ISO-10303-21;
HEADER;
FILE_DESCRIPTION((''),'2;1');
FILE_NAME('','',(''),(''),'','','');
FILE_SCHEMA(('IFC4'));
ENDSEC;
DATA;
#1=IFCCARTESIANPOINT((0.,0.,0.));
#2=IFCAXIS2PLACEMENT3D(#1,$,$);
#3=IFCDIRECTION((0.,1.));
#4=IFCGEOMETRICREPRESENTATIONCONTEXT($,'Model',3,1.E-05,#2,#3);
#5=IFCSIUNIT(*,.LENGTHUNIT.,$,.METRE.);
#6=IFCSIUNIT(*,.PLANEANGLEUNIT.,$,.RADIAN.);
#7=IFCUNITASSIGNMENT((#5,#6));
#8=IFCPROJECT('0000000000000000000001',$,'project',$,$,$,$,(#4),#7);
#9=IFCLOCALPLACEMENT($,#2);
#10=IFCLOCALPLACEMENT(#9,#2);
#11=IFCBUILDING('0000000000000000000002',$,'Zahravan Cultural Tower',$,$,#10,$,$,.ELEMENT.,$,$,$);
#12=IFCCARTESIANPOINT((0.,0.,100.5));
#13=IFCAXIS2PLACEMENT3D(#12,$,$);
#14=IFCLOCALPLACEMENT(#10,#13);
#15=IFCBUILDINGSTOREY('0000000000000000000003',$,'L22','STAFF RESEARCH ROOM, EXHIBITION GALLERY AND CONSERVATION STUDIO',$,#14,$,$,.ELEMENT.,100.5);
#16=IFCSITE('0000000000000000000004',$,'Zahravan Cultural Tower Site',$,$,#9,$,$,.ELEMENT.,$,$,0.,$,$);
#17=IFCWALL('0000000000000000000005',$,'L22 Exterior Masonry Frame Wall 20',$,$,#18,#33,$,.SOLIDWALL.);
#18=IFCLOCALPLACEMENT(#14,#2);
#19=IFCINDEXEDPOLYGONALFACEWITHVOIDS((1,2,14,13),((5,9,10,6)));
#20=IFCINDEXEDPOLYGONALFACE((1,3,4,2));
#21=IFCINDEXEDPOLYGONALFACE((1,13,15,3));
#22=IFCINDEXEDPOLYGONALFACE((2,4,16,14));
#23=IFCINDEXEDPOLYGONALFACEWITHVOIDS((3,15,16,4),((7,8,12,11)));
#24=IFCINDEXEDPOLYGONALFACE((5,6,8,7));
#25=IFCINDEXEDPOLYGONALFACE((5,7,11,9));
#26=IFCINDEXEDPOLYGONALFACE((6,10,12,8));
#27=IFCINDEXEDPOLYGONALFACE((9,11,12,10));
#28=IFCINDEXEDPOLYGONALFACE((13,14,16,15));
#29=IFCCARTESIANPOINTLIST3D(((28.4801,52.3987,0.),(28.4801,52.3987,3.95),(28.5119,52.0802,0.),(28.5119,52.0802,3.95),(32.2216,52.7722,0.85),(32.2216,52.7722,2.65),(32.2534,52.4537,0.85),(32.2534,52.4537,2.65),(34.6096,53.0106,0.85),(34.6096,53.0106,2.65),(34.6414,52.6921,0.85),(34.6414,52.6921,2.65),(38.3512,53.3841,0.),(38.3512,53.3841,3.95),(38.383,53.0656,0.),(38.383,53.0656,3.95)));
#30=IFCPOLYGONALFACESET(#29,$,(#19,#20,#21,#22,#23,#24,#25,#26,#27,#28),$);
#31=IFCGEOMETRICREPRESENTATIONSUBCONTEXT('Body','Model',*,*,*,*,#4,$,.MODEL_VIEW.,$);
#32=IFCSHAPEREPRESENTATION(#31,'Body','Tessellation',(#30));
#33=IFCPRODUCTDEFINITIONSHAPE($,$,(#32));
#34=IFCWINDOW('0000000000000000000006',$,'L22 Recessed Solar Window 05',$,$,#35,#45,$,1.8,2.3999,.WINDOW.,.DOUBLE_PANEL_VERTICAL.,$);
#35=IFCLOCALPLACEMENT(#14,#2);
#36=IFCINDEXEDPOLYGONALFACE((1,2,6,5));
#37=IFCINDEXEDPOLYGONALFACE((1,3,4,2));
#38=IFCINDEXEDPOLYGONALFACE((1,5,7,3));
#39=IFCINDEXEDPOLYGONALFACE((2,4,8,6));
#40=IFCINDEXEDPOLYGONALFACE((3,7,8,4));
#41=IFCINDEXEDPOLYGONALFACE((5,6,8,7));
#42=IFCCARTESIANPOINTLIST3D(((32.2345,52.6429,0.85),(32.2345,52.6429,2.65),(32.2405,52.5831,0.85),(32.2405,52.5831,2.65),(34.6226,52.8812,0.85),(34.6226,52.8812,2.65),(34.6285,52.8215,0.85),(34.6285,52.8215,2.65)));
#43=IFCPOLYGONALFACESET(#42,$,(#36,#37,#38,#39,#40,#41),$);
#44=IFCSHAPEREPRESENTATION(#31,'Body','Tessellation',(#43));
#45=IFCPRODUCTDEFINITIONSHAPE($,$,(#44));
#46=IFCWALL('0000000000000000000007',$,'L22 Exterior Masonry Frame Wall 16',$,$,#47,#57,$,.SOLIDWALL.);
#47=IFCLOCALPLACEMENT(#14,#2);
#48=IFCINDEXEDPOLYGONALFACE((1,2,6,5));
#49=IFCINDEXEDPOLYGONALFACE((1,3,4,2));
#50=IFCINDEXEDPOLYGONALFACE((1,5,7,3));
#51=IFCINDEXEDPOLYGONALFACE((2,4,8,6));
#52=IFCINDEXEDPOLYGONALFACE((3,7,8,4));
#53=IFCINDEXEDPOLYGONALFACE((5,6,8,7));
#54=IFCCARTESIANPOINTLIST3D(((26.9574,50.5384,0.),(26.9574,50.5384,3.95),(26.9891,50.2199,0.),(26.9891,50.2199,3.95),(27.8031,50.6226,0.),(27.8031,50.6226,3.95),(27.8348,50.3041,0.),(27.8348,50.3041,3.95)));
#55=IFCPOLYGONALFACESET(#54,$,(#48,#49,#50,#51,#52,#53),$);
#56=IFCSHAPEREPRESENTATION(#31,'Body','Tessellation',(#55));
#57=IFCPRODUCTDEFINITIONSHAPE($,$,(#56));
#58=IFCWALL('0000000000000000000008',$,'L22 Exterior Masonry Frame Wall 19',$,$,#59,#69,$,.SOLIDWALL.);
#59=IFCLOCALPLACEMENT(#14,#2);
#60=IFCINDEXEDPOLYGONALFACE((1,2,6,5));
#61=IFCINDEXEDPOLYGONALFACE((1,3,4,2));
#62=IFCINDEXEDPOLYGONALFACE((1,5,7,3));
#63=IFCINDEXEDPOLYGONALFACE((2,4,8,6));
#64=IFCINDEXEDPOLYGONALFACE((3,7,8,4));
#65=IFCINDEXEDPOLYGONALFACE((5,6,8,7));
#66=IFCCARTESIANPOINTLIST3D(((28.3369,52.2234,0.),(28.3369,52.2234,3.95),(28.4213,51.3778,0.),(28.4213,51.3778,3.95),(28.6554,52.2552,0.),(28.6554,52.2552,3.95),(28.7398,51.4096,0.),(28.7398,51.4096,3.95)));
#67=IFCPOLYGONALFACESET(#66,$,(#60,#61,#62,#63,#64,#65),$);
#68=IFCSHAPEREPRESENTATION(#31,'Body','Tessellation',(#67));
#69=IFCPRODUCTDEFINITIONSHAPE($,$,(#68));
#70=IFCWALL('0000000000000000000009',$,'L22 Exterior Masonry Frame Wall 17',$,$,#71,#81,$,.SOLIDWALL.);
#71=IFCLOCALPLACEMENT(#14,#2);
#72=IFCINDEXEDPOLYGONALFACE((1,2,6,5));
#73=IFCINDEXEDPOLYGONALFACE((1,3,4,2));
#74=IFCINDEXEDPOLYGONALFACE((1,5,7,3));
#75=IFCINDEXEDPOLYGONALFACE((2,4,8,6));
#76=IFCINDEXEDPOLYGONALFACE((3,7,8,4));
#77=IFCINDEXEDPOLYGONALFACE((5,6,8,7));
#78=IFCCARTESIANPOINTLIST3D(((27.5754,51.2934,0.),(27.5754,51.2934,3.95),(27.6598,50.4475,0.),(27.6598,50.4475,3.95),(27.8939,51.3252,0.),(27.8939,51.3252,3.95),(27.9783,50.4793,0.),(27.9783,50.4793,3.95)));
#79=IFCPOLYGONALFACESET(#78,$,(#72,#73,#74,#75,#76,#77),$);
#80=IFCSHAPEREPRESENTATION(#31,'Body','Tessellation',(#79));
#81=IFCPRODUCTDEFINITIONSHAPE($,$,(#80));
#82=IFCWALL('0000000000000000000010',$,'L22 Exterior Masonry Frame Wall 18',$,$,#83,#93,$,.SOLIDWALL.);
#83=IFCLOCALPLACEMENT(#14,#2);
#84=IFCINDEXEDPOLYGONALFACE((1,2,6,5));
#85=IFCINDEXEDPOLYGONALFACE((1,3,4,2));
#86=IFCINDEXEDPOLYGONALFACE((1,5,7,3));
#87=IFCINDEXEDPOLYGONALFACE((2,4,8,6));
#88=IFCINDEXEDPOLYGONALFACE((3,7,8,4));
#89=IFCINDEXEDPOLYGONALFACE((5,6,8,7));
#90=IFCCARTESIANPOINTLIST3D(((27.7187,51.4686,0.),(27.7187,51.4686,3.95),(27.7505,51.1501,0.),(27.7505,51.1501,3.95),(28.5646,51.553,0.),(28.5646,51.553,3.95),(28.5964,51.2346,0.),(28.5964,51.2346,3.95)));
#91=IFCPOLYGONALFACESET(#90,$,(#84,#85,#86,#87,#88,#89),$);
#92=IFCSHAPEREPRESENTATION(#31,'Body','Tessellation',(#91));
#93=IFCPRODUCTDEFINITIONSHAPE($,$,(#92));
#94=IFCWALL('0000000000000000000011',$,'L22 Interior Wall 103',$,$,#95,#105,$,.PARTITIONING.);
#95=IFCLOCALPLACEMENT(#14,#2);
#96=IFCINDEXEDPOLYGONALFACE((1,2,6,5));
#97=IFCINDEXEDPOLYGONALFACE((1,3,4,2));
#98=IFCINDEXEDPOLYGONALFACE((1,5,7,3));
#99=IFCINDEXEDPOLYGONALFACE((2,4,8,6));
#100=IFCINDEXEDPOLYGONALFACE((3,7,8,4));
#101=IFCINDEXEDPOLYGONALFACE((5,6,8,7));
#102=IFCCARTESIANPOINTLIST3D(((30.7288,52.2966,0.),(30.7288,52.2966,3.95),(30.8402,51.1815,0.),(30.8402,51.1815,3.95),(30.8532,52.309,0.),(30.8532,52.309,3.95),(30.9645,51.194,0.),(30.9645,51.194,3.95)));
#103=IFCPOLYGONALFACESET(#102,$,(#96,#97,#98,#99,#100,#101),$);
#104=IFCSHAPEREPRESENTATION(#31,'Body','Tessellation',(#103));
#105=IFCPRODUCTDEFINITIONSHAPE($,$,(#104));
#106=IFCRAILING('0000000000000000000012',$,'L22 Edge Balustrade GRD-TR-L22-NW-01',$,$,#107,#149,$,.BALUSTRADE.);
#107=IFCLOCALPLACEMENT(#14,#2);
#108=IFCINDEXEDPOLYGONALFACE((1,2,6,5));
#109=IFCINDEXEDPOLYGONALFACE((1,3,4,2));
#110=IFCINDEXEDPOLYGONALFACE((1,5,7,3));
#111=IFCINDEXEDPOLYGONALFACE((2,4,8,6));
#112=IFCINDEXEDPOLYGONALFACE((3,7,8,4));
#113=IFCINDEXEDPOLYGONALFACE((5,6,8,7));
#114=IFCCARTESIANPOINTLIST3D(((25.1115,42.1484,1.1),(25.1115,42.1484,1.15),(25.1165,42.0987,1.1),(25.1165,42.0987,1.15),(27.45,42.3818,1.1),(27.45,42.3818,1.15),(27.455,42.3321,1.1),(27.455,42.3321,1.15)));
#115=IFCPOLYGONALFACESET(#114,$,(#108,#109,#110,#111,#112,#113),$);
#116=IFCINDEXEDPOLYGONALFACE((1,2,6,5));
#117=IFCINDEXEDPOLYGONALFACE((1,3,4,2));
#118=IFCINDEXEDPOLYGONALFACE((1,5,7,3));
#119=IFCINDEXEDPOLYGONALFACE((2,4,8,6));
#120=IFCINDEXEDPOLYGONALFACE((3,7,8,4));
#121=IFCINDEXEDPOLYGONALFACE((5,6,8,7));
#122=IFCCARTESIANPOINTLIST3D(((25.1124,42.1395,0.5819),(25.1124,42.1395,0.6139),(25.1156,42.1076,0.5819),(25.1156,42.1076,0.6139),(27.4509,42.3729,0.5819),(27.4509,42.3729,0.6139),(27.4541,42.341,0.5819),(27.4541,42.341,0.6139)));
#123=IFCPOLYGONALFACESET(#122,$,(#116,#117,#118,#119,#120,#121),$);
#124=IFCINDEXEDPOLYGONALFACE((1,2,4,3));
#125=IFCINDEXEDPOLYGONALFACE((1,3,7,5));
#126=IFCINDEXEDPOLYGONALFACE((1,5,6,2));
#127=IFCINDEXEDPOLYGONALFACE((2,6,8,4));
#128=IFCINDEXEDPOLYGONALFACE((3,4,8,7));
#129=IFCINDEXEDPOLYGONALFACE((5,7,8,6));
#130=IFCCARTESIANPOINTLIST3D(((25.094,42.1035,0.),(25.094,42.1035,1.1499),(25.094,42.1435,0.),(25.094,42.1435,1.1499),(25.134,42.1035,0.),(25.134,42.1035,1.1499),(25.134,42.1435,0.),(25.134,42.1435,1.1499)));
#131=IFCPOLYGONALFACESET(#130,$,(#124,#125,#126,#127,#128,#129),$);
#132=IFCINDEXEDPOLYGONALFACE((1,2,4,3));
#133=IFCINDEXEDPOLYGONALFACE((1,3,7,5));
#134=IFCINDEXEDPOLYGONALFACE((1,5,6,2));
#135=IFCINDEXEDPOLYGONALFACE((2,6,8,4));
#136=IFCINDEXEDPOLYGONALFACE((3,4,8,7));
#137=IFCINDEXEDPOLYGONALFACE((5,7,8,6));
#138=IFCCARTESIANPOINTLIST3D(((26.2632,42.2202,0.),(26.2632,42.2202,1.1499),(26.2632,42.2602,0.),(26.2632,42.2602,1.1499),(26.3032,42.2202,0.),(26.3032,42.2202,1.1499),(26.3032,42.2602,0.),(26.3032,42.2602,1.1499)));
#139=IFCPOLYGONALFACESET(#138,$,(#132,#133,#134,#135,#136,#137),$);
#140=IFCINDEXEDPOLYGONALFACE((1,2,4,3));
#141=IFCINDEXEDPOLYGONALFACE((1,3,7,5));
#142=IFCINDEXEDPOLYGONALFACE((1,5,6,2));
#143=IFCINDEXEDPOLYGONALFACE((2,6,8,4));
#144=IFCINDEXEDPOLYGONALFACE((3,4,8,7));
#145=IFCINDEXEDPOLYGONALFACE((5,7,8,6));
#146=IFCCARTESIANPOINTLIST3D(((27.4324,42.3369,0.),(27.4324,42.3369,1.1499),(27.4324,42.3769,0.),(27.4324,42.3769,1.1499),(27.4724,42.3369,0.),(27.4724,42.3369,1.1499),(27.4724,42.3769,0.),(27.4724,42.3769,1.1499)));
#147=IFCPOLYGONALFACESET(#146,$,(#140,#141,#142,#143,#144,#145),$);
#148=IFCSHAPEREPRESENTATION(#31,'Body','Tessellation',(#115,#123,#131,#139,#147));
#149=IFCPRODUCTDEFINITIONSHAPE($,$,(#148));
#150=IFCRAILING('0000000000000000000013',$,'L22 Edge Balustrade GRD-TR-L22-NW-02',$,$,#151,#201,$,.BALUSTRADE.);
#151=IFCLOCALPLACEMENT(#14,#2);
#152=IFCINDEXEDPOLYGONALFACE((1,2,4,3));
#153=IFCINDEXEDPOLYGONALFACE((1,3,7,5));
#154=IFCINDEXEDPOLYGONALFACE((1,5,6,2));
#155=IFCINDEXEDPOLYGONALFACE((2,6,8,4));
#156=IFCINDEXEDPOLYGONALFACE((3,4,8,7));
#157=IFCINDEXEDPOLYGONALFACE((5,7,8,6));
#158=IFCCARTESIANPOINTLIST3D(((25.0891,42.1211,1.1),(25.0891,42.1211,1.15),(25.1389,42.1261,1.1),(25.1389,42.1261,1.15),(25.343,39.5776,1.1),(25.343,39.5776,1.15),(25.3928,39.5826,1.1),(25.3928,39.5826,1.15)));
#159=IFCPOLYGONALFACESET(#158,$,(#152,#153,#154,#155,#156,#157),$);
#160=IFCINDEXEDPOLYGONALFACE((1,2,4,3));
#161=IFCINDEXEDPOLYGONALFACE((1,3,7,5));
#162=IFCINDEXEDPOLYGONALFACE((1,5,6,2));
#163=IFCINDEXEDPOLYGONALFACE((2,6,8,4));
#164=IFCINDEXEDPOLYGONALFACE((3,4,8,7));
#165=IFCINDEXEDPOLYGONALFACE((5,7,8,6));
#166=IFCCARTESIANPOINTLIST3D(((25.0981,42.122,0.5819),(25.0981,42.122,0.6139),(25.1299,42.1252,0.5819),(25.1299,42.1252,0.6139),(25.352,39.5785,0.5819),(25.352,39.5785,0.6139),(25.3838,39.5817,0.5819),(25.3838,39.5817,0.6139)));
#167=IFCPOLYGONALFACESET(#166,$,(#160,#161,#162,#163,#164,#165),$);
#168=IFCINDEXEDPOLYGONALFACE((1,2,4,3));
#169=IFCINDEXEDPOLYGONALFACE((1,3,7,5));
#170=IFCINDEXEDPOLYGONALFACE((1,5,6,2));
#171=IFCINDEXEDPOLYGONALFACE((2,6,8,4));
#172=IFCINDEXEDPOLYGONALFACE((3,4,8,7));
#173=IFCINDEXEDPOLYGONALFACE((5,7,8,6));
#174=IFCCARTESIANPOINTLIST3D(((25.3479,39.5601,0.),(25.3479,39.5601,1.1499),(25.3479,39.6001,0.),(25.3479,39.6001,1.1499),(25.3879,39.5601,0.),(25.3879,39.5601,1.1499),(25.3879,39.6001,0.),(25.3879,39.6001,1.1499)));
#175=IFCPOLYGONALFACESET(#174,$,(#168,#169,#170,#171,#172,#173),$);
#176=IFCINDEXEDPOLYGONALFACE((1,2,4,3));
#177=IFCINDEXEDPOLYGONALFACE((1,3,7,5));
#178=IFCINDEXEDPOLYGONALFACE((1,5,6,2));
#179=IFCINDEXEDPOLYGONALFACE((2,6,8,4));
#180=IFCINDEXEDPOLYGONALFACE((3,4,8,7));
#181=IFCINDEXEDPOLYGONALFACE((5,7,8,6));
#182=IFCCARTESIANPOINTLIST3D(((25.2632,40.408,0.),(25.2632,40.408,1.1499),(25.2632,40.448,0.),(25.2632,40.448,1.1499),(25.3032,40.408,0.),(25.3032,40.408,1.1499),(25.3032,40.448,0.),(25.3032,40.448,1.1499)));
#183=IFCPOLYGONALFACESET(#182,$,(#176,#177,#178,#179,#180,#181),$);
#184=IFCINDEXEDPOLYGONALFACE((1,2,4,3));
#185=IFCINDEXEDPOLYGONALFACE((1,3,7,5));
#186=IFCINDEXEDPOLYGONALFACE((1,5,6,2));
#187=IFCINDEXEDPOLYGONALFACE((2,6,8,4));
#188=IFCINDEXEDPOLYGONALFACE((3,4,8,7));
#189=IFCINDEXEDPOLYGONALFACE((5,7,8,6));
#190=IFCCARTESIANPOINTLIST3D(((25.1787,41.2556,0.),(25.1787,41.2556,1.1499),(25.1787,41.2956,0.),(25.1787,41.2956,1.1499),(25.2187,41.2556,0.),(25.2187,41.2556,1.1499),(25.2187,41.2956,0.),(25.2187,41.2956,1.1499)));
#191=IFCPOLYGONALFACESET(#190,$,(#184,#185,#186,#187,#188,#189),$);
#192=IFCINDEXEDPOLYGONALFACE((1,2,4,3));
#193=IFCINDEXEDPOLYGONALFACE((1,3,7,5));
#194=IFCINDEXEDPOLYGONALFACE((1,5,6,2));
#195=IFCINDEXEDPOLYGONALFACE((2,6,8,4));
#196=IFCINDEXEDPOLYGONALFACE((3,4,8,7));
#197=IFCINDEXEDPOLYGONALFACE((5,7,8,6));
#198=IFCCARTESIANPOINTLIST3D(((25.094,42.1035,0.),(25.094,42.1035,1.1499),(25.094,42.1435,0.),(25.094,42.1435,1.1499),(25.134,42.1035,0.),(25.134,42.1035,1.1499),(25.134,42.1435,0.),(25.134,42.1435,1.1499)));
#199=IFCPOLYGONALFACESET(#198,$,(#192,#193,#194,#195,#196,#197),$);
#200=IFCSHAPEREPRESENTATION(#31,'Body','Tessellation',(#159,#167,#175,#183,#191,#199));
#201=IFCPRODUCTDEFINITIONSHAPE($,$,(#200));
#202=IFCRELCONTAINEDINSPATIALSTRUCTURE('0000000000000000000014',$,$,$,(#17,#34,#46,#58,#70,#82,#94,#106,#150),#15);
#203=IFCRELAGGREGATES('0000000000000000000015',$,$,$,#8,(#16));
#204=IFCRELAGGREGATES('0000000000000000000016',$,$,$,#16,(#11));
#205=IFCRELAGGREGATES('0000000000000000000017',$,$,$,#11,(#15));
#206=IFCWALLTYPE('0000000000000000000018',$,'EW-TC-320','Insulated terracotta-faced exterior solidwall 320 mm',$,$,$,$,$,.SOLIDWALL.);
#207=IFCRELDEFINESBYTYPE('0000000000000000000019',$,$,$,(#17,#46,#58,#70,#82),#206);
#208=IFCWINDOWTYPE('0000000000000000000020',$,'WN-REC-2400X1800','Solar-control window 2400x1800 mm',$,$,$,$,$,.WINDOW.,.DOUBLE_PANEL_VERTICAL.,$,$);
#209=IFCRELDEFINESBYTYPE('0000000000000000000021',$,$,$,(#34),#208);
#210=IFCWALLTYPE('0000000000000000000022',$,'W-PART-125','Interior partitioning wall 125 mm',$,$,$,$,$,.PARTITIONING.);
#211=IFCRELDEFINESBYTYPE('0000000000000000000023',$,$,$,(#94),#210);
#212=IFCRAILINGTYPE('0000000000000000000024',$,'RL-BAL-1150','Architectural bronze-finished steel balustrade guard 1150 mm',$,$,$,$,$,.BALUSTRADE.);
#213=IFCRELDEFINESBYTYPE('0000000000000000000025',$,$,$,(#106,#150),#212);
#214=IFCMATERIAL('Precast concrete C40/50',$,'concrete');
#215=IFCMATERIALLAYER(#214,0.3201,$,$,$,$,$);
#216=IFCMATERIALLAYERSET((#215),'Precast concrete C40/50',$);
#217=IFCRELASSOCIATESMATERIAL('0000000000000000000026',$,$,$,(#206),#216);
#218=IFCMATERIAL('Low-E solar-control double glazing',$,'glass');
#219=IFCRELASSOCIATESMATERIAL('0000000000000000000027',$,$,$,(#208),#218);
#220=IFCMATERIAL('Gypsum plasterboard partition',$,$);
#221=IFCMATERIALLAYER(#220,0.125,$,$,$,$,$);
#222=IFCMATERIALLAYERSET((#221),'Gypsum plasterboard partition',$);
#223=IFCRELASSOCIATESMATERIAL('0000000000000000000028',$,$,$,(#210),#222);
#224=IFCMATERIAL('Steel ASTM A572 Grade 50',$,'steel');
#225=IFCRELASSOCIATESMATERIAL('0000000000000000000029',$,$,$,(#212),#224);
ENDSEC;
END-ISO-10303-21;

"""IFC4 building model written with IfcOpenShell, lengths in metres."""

from ifc_helpers import new_model, si_unit, direction, frame, frame_2d, origin, origin_2d, place, context, subcontext, project, spatial, rectangle, extrude, source, transform, mapped, material, layer, layer_set, type_object, element, fill, save


model = new_model("IFC4")

# Units and contexts
model_context = context("Model", 3, precision=1e-05, world=origin(), true_north=direction((0.0, 1.0)))
body_context = subcontext(model_context, "Body", "Model", "MODEL_VIEW")
ifc_project = project(units=[si_unit("LENGTHUNIT", "METRE"), si_unit("PLANEANGLEUNIT", "RADIAN")], contexts=[model_context])

# Site, building, storey
site_placement = place(None, origin())
site = spatial("IfcSite", under=ifc_project, at=site_placement, Name="Zahravan Cultural Tower Site", CompositionType="ELEMENT", RefElevation=0.0)
building_placement = place(site_placement, origin())
building = spatial("IfcBuilding", under=site, at=building_placement, Name="Zahravan Cultural Tower", CompositionType="ELEMENT")
storey_placement = place(building_placement, frame((0.0, 0.0, 100.5)))
storey = spatial("IfcBuildingStorey", under=building, at=storey_placement, Name="L22", Description="STAFF RESEARCH ROOM, EXHIBITION GALLERY AND CONSERVATION STUDIO", CompositionType="ELEMENT", Elevation=100.5)

# Shared definitions
ifc_material_1 = material(Name="Precast concrete C40/50", Category="concrete")
ifc_layer_1 = layer(ifc_material_1, 0.3201)
ifc_layer_set_1 = layer_set([ifc_layer_1], Name="Precast concrete C40/50")
wall_type_1 = type_object("IfcWallType", Name="EW-TC-320", Description="Insulated terracotta-faced exterior solidwall 320 mm", PredefinedType="SOLIDWALL", material=ifc_layer_set_1)

# Wall, opening, window
ifc_material_2 = material(Name="Low-E solar-control double glazing", Category="glass")
window_type = type_object("IfcWindowType", Name="WN-REC-2400X1800", Description="Solar-control window 2400x1800 mm", PartitioningType="DOUBLE_PANEL_VERTICAL", PredefinedType="WINDOW", material=ifc_material_2)
shared_shape_1 = source(origin(), body_context, "Body", "SweptSolid", [
    extrude(rectangle(XDim=2.3999, YDim=1.8, at=frame_2d((1.2, 0.8999))), frame((0.0, 0.03, 0.0), z_axis=(0.0, -1.0, 0.0), x_axis=(1.0, 0.0, 0.0)), (0.0, 0.0, 1.0), 0.0601),
])
wall_1_placement = place(storey_placement, frame((28.4961, 52.2395, 0.0), z_axis=(0.0, 0.0, 1.0), x_axis=(0.995055, 0.099328, 0.0)))
wall_1 = element("IfcWall", 1, at=wall_1_placement, inside=storey, type_object=wall_type_1, Name="L22 Exterior Masonry Frame Wall 20", PredefinedType="SOLIDWALL", context=body_context, shape_type="SweptSolid", body=[
    extrude(rectangle(XDim=9.9202, YDim=0.3201, at=frame_2d((4.96, 0.0))), origin(), (0.0, 0.0, 1.0), 3.95),
])
opening_1_placement = place(wall_1_placement, frame((3.76, 0.0, 0.8501)))
opening_1 = element("IfcOpeningElement", 2, at=opening_1_placement, cuts=wall_1, PredefinedType="OPENING", context=body_context, shape_type="SweptSolid", body=[
    extrude(rectangle(XDim=2.3999, YDim=1.8, at=frame_2d((1.2, 0.8999))), frame((0.0, 0.1699, 0.0), z_axis=(0.0, -1.0, 0.0), x_axis=(1.0, 0.0, 0.0)), (0.0, 0.0, 1.0), 0.3401),
])
window_1_placement = place(opening_1_placement, origin())
window_1 = element("IfcWindow", 3, at=window_1_placement, inside=storey, type_object=window_type, Name="L22 Recessed Solar Window 05", OverallHeight=1.8, OverallWidth=2.3999, PartitioningType="DOUBLE_PANEL_VERTICAL", PredefinedType="WINDOW", context=body_context, shape_type="MappedRepresentation", body=[
    mapped(shared_shape_1, transform((0.0, 0.0, 0.0), x_axis=(1.0, 0.0, 0.0), y_axis=(0.0, 1.0, 0.0), z_axis=(0.0, 0.0, 1.0), scale=1.0)),
])
fill(opening_1, window_1)

# Walls
shared_shape_2 = source(origin(), body_context, "Body", "SweptSolid", [
    extrude(rectangle(XDim=0.8499, YDim=0.3201, at=frame_2d((0.4248, 0.0))), origin(), (0.0, 0.0, 1.0), 3.95),
])
for number, where, z_axis, x_axis, name in (
    (4, (26.9734, 50.3792, 0.0), (0.0, 0.0, 1.0), (0.995077, 0.099106, 0.0), "L22 Exterior Masonry Frame Wall 16"),
    (5, (28.5806, 51.3938, 0.0), (0.0, 0.0, 1.0), (-0.09939, 0.995049, 0.0), "L22 Exterior Masonry Frame Wall 19"),
):
    element("IfcWall", number, at=place(storey_placement, frame(where, z_axis=z_axis, x_axis=x_axis)), inside=storey, type_object=wall_type_1, Name=name, PredefinedType="SOLIDWALL", context=body_context, shape_type="MappedRepresentation", body=[
        mapped(shared_shape_2, transform((0.0, 0.0, 0.0), x_axis=(1.0, 0.0, 0.0), y_axis=(0.0, 1.0, 0.0), z_axis=(0.0, 0.0, 1.0), scale=1.0)),
    ])
shared_shape_3 = source(origin(), body_context, "Body", "SweptSolid", [
    extrude(rectangle(XDim=0.8501, YDim=0.3201, at=frame_2d((0.425, 0.0))), origin(), (0.0, 0.0, 1.0), 3.95),
])
for number, where, z_axis, x_axis, name in (
    (6, (27.8191, 50.4634, 0.0), (0.0, 0.0, 1.0), (-0.099362, 0.995051, 0.0), "L22 Exterior Masonry Frame Wall 17"),
    (7, (27.7346, 51.3093, 0.0), (0.0, 0.0, 1.0), (0.995051, 0.099362, 0.0), "L22 Exterior Masonry Frame Wall 18"),
):
    element("IfcWall", number, at=place(storey_placement, frame(where, z_axis=z_axis, x_axis=x_axis)), inside=storey, type_object=wall_type_1, Name=name, PredefinedType="SOLIDWALL", context=body_context, shape_type="MappedRepresentation", body=[
        mapped(shared_shape_3, transform((0.0, 0.0, 0.0), x_axis=(1.0, 0.0, 0.0), y_axis=(0.0, 1.0, 0.0), z_axis=(0.0, 0.0, 1.0), scale=1.0)),
    ])
ifc_material_3 = material(Name="Gypsum plasterboard partition")
ifc_layer_2 = layer(ifc_material_3, 0.125)
ifc_layer_set_2 = layer_set([ifc_layer_2], Name="Gypsum plasterboard partition")
wall_type_2 = type_object("IfcWallType", Name="W-PART-125", Description="Interior partitioning wall 125 mm", PredefinedType="PARTITIONING", material=ifc_layer_set_2)
shared_shape_4 = source(origin(), body_context, "Body", "SweptSolid", [
    extrude(rectangle(XDim=1.1206, YDim=0.125, at=frame_2d((0.5603, 0.0))), origin(), (0.0, 0.0, 1.0), 3.95),
])
wall_2_placement = place(storey_placement, frame((30.9023, 51.1877, 0.0), z_axis=(0.0, 0.0, 1.0), x_axis=(-0.099353, 0.995052, 0.0)))
element("IfcWall", 8, at=wall_2_placement, inside=storey, type_object=wall_type_2, Name="L22 Interior Wall 103", PredefinedType="PARTITIONING", context=body_context, shape_type="MappedRepresentation", body=[
    mapped(shared_shape_4, transform((0.0, 0.0, 0.0), x_axis=(1.0, 0.0, 0.0), y_axis=(0.0, 1.0, 0.0), z_axis=(0.0, 0.0, 1.0), scale=1.0)),
])

# Railings
ifc_material_4 = material(Name="Steel ASTM A572 Grade 50", Category="steel")
railing_type = type_object("IfcRailingType", Name="RL-BAL-1150", Description="Architectural bronze-finished steel balustrade guard 1150 mm", PredefinedType="BALUSTRADE", material=ifc_material_4)
railing_1_placement = place(storey_placement, frame((25.114, 42.1235, 0.0)))
element("IfcRailing", 9, at=railing_1_placement, inside=storey, type_object=railing_type, Name="L22 Edge Balustrade GRD-TR-L22-NW-01", PredefinedType="BALUSTRADE", context=body_context, shape_type="SweptSolid", body=[
    extrude(rectangle(XDim=0.05, YDim=0.05, at=origin_2d()), frame((0.0, 0.0, 1.125), z_axis=(0.995056, 0.099319, 0.0), x_axis=(-0.099319, 0.995056, 0.0)), (0.0, 0.0, 1.0), 2.3501),
    extrude(rectangle(XDim=0.032, YDim=0.032, at=origin_2d()), frame((0.0, 0.0, 0.5979), z_axis=(0.995056, 0.099319, 0.0), x_axis=(-0.099319, 0.995056, 0.0)), (0.0, 0.0, 1.0), 2.3501),
    extrude(rectangle(XDim=0.04, YDim=0.04, at=origin_2d()), origin(), (0.0, 0.0, 1.0), 1.1499),
    extrude(rectangle(XDim=0.04, YDim=0.04, at=origin_2d()), frame((1.1692, 0.1167, 0.0)), (0.0, 0.0, 1.0), 1.1499),
    extrude(rectangle(XDim=0.04, YDim=0.04, at=origin_2d()), frame((2.3384, 0.2334, 0.0)), (0.0, 0.0, 1.0), 1.1499),
])
railing_2_placement = place(storey_placement, frame((25.3679, 39.5801, 0.0)))
element("IfcRailing", 10, at=railing_2_placement, inside=storey, type_object=railing_type, Name="L22 Edge Balustrade GRD-TR-L22-NW-02", PredefinedType="BALUSTRADE", context=body_context, shape_type="SweptSolid", body=[
    extrude(rectangle(XDim=0.05, YDim=0.05, at=origin_2d()), frame((0.0, 0.0, 1.125), z_axis=(-0.099333, 0.995054, 0.0), x_axis=(-0.995054, -0.099333, 0.0)), (0.0, 0.0, 1.0), 2.5562),
    extrude(rectangle(XDim=0.032, YDim=0.032, at=origin_2d()), frame((0.0, 0.0, 0.5979), z_axis=(-0.099333, 0.995054, 0.0), x_axis=(-0.995054, -0.099333, 0.0)), (0.0, 0.0, 1.0), 2.5562),
    extrude(rectangle(XDim=0.04, YDim=0.04, at=origin_2d()), origin(), (0.0, 0.0, 1.0), 1.1499),
    extrude(rectangle(XDim=0.04, YDim=0.04, at=origin_2d()), frame((-0.0847, 0.8479, 0.0)), (0.0, 0.0, 1.0), 1.1499),
    extrude(rectangle(XDim=0.04, YDim=0.04, at=origin_2d()), frame((-0.1692, 1.6956, 0.0)), (0.0, 0.0, 1.0), 1.1499),
    extrude(rectangle(XDim=0.04, YDim=0.04, at=origin_2d()), frame((-0.2539, 2.5435, 0.0)), (0.0, 0.0, 1.0), 1.1499),
])

save(model, "model.ifc")
